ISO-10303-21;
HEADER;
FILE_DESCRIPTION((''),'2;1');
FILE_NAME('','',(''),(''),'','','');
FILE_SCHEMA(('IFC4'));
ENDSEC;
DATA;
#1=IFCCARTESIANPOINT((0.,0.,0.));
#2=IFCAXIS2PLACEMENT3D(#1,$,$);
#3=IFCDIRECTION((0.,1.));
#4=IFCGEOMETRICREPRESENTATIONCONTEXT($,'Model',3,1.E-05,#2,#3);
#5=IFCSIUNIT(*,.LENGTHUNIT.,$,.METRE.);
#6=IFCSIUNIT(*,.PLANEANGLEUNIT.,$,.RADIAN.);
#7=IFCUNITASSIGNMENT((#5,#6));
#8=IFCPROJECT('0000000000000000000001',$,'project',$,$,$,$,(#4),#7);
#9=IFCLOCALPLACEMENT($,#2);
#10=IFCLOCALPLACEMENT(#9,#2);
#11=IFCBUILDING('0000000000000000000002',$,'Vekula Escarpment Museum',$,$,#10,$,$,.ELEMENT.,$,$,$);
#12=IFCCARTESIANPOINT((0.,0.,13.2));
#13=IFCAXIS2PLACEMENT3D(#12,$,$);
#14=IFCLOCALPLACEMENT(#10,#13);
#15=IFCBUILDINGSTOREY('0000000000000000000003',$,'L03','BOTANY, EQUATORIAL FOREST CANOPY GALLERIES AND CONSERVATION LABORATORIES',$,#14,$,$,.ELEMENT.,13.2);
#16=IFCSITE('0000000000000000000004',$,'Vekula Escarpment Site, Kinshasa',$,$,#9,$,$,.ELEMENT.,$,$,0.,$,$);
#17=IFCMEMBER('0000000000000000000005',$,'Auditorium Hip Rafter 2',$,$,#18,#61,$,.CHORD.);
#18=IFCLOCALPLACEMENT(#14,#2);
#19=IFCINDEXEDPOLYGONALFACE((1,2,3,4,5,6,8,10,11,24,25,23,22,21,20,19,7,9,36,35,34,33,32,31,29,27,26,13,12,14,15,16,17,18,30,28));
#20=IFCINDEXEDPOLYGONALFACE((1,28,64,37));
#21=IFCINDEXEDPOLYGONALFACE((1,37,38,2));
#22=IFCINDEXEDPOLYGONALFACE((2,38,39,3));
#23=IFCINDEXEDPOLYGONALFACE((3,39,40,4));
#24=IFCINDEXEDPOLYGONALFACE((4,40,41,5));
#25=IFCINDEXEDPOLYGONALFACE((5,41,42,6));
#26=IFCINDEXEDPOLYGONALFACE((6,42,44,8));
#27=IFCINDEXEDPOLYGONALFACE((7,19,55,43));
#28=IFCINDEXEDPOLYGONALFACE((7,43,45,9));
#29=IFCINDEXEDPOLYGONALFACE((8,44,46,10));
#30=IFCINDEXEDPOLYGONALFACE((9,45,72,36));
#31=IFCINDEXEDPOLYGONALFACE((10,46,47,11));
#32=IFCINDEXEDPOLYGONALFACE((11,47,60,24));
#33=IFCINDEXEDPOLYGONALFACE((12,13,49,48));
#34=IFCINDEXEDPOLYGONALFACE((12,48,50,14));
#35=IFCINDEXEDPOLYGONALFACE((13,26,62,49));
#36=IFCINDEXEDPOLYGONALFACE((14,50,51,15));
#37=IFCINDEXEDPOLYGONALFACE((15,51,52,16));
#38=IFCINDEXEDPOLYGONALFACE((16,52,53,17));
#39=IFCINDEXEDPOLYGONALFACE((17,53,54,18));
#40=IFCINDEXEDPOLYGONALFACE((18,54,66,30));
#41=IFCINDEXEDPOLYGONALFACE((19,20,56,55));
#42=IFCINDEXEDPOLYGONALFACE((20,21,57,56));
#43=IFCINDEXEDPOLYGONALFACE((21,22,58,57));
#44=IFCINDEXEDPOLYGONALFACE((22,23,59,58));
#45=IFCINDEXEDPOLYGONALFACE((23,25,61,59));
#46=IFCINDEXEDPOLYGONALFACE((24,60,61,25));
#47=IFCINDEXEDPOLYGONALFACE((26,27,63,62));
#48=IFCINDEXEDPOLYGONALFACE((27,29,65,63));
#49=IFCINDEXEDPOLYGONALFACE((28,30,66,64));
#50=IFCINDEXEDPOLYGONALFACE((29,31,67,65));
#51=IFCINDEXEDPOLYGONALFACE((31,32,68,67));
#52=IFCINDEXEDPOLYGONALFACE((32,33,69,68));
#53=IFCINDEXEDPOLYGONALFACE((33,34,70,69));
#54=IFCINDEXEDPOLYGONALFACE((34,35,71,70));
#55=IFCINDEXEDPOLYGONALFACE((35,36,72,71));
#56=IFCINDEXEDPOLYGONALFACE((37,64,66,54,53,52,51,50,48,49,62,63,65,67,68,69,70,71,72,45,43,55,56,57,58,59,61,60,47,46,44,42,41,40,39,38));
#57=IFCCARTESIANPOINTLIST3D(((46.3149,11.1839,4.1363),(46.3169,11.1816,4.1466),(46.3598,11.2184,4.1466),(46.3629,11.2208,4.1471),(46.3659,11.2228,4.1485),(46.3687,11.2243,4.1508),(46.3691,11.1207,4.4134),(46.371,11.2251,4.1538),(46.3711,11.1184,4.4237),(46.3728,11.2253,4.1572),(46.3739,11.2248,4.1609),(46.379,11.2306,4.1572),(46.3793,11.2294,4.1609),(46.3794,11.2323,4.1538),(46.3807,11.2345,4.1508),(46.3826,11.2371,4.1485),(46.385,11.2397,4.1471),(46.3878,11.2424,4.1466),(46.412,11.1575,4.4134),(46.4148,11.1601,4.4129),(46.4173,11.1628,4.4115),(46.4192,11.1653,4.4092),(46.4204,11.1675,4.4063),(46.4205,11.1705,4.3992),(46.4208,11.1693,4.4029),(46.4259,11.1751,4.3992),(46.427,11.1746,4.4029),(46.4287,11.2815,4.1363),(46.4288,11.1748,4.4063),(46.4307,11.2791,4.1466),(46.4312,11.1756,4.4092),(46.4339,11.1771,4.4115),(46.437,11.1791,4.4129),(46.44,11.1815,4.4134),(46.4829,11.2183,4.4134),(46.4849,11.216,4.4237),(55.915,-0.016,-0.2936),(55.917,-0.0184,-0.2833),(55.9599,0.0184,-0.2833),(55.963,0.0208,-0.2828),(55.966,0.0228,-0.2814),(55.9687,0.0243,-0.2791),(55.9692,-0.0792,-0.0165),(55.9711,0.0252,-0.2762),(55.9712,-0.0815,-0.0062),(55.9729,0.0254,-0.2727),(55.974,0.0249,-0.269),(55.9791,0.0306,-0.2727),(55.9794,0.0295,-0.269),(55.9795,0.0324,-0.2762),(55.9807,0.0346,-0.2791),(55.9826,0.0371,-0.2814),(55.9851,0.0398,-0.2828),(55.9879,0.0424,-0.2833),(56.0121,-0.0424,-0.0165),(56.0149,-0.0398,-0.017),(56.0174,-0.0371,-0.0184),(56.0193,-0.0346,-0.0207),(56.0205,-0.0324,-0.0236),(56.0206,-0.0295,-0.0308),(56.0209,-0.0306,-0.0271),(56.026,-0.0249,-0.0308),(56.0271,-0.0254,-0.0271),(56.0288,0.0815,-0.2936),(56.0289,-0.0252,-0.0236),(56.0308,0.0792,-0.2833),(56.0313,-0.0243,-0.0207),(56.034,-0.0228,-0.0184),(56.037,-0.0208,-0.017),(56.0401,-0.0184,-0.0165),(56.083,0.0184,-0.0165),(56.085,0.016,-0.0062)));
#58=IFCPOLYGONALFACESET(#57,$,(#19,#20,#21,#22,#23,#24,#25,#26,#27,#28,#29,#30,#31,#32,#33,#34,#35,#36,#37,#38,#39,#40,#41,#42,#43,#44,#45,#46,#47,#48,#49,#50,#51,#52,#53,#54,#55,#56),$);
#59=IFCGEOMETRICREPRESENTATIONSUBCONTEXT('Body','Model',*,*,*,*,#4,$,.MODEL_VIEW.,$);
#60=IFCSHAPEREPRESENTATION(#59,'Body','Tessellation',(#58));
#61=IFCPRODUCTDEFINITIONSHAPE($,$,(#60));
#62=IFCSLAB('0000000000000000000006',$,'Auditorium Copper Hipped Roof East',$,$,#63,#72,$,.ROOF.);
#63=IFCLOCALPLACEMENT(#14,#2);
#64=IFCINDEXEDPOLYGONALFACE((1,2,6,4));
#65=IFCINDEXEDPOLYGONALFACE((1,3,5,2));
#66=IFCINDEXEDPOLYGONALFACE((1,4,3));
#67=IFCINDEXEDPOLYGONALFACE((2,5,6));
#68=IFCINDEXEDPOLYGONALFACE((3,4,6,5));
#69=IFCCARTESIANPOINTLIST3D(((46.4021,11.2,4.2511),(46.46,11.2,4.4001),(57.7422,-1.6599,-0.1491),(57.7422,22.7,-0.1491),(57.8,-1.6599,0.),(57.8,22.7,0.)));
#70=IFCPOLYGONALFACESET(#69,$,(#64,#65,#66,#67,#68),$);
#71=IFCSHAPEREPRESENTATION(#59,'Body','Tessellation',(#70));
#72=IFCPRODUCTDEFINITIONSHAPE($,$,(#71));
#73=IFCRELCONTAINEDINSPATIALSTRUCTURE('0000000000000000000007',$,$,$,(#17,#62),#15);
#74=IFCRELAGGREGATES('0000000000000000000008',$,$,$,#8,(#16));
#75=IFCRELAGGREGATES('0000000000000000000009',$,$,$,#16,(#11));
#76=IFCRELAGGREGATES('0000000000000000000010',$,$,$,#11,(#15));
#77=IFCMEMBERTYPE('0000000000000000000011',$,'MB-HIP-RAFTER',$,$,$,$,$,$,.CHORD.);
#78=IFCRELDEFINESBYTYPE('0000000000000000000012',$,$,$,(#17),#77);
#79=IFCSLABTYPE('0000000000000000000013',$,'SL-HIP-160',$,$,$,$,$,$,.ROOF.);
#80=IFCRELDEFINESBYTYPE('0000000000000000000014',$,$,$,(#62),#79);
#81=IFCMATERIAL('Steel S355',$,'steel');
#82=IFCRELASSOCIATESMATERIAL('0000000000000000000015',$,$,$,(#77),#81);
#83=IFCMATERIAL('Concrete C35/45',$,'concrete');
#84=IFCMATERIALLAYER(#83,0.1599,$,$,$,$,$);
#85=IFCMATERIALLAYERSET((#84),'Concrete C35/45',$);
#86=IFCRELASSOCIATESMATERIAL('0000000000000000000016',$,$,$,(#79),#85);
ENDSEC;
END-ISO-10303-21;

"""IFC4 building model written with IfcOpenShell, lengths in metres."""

from ifc_helpers import new_model, si_unit, direction, frame, origin, origin_2d, place, context, subcontext, project, spatial, polyline, i_section, outline, extrude, material, layer, layer_set, material_profile, profile_set, type_object, element, save


model = new_model("IFC4")

# Units and contexts
model_context = context("Model", 3, precision=1e-05, world=origin(), true_north=direction((0.0, 1.0)))
body_context = subcontext(model_context, "Body", "Model", "MODEL_VIEW")
ifc_project = project(units=[si_unit("LENGTHUNIT", "METRE"), si_unit("PLANEANGLEUNIT", "RADIAN")], contexts=[model_context])

# Site, building, storey
site_placement = place(None, origin())
site = spatial("IfcSite", under=ifc_project, at=site_placement, Name="Vekula Escarpment Site, Kinshasa", CompositionType="ELEMENT", RefElevation=0.0)
building_placement = place(site_placement, origin())
building = spatial("IfcBuilding", under=site, at=building_placement, Name="Vekula Escarpment Museum", CompositionType="ELEMENT")
storey_placement = place(building_placement, frame((0.0, 0.0, 13.2)))
storey = spatial("IfcBuildingStorey", under=building, at=storey_placement, Name="L03", Description="BOTANY, EQUATORIAL FOREST CANOPY GALLERIES AND CONSERVATION LABORATORIES", CompositionType="ELEMENT", Elevation=13.2)

# Member
ifc_material_1 = material(Name="Steel S355", Category="steel")
ifc_material_profile_1 = material_profile(ifc_material_1, i_section(OverallWidth=0.1499, OverallDepth=0.3, WebThickness=0.0071, FlangeThickness=0.0107, FilletRadius=0.0149, at=origin_2d()), Name="IPE 300")
ifc_profile_set_1 = profile_set([ifc_material_profile_1], Name="Steel S355")
member_type = type_object("IfcMemberType", Name="MB-HIP-RAFTER", PredefinedType="CHORD", material=ifc_profile_set_1)
member_placement = place(storey_placement, frame((56.0, 0.0, -0.1499), z_axis=(-0.623297, 0.72717, 0.287618), x_axis=(-0.759252, -0.650797, 0.0)))
element("IfcMember", 1, at=member_placement, inside=storey, type_object=member_type, Name="Auditorium Hip Rafter 2", PredefinedType="CHORD", context=body_context, shape_type="SweptSolid", body=[
    extrude(i_section(OverallWidth=0.1499, OverallDepth=0.3, WebThickness=0.0071, FlangeThickness=0.0107, FilletRadius=0.0149, at=origin_2d()), origin(), (0.0, 0.0, 1.0), 15.4021),
])

# Slab
ifc_material_2 = material(Name="Concrete C35/45", Category="concrete")
ifc_layer = layer(ifc_material_2, 0.1599)
ifc_layer_set = layer_set([ifc_layer], Name="Concrete C35/45")
slab_type = type_object("IfcSlabType", Name="SL-HIP-160", PredefinedType="ROOF", material=ifc_layer_set)
slab_placement = place(storey_placement, frame((57.8, -1.6599, 0.0), z_axis=(0.36174, 0.0, 0.932279), x_axis=(0.0, 1.0, 0.0)))
element("IfcSlab", 2, at=slab_placement, inside=storey, type_object=slab_type, Name="Auditorium Copper Hipped Roof East", PredefinedType="ROOF", context=body_context, shape_type="SweptSolid", body=[
    extrude(outline(polyline([(0.0, 0.0), (24.3599, 0.0), (12.8599, 12.1638), (0.0, 0.0)])), origin(), (0.0, 0.0, -1.0), 0.1599),
])

save(model, "model.ifc")
